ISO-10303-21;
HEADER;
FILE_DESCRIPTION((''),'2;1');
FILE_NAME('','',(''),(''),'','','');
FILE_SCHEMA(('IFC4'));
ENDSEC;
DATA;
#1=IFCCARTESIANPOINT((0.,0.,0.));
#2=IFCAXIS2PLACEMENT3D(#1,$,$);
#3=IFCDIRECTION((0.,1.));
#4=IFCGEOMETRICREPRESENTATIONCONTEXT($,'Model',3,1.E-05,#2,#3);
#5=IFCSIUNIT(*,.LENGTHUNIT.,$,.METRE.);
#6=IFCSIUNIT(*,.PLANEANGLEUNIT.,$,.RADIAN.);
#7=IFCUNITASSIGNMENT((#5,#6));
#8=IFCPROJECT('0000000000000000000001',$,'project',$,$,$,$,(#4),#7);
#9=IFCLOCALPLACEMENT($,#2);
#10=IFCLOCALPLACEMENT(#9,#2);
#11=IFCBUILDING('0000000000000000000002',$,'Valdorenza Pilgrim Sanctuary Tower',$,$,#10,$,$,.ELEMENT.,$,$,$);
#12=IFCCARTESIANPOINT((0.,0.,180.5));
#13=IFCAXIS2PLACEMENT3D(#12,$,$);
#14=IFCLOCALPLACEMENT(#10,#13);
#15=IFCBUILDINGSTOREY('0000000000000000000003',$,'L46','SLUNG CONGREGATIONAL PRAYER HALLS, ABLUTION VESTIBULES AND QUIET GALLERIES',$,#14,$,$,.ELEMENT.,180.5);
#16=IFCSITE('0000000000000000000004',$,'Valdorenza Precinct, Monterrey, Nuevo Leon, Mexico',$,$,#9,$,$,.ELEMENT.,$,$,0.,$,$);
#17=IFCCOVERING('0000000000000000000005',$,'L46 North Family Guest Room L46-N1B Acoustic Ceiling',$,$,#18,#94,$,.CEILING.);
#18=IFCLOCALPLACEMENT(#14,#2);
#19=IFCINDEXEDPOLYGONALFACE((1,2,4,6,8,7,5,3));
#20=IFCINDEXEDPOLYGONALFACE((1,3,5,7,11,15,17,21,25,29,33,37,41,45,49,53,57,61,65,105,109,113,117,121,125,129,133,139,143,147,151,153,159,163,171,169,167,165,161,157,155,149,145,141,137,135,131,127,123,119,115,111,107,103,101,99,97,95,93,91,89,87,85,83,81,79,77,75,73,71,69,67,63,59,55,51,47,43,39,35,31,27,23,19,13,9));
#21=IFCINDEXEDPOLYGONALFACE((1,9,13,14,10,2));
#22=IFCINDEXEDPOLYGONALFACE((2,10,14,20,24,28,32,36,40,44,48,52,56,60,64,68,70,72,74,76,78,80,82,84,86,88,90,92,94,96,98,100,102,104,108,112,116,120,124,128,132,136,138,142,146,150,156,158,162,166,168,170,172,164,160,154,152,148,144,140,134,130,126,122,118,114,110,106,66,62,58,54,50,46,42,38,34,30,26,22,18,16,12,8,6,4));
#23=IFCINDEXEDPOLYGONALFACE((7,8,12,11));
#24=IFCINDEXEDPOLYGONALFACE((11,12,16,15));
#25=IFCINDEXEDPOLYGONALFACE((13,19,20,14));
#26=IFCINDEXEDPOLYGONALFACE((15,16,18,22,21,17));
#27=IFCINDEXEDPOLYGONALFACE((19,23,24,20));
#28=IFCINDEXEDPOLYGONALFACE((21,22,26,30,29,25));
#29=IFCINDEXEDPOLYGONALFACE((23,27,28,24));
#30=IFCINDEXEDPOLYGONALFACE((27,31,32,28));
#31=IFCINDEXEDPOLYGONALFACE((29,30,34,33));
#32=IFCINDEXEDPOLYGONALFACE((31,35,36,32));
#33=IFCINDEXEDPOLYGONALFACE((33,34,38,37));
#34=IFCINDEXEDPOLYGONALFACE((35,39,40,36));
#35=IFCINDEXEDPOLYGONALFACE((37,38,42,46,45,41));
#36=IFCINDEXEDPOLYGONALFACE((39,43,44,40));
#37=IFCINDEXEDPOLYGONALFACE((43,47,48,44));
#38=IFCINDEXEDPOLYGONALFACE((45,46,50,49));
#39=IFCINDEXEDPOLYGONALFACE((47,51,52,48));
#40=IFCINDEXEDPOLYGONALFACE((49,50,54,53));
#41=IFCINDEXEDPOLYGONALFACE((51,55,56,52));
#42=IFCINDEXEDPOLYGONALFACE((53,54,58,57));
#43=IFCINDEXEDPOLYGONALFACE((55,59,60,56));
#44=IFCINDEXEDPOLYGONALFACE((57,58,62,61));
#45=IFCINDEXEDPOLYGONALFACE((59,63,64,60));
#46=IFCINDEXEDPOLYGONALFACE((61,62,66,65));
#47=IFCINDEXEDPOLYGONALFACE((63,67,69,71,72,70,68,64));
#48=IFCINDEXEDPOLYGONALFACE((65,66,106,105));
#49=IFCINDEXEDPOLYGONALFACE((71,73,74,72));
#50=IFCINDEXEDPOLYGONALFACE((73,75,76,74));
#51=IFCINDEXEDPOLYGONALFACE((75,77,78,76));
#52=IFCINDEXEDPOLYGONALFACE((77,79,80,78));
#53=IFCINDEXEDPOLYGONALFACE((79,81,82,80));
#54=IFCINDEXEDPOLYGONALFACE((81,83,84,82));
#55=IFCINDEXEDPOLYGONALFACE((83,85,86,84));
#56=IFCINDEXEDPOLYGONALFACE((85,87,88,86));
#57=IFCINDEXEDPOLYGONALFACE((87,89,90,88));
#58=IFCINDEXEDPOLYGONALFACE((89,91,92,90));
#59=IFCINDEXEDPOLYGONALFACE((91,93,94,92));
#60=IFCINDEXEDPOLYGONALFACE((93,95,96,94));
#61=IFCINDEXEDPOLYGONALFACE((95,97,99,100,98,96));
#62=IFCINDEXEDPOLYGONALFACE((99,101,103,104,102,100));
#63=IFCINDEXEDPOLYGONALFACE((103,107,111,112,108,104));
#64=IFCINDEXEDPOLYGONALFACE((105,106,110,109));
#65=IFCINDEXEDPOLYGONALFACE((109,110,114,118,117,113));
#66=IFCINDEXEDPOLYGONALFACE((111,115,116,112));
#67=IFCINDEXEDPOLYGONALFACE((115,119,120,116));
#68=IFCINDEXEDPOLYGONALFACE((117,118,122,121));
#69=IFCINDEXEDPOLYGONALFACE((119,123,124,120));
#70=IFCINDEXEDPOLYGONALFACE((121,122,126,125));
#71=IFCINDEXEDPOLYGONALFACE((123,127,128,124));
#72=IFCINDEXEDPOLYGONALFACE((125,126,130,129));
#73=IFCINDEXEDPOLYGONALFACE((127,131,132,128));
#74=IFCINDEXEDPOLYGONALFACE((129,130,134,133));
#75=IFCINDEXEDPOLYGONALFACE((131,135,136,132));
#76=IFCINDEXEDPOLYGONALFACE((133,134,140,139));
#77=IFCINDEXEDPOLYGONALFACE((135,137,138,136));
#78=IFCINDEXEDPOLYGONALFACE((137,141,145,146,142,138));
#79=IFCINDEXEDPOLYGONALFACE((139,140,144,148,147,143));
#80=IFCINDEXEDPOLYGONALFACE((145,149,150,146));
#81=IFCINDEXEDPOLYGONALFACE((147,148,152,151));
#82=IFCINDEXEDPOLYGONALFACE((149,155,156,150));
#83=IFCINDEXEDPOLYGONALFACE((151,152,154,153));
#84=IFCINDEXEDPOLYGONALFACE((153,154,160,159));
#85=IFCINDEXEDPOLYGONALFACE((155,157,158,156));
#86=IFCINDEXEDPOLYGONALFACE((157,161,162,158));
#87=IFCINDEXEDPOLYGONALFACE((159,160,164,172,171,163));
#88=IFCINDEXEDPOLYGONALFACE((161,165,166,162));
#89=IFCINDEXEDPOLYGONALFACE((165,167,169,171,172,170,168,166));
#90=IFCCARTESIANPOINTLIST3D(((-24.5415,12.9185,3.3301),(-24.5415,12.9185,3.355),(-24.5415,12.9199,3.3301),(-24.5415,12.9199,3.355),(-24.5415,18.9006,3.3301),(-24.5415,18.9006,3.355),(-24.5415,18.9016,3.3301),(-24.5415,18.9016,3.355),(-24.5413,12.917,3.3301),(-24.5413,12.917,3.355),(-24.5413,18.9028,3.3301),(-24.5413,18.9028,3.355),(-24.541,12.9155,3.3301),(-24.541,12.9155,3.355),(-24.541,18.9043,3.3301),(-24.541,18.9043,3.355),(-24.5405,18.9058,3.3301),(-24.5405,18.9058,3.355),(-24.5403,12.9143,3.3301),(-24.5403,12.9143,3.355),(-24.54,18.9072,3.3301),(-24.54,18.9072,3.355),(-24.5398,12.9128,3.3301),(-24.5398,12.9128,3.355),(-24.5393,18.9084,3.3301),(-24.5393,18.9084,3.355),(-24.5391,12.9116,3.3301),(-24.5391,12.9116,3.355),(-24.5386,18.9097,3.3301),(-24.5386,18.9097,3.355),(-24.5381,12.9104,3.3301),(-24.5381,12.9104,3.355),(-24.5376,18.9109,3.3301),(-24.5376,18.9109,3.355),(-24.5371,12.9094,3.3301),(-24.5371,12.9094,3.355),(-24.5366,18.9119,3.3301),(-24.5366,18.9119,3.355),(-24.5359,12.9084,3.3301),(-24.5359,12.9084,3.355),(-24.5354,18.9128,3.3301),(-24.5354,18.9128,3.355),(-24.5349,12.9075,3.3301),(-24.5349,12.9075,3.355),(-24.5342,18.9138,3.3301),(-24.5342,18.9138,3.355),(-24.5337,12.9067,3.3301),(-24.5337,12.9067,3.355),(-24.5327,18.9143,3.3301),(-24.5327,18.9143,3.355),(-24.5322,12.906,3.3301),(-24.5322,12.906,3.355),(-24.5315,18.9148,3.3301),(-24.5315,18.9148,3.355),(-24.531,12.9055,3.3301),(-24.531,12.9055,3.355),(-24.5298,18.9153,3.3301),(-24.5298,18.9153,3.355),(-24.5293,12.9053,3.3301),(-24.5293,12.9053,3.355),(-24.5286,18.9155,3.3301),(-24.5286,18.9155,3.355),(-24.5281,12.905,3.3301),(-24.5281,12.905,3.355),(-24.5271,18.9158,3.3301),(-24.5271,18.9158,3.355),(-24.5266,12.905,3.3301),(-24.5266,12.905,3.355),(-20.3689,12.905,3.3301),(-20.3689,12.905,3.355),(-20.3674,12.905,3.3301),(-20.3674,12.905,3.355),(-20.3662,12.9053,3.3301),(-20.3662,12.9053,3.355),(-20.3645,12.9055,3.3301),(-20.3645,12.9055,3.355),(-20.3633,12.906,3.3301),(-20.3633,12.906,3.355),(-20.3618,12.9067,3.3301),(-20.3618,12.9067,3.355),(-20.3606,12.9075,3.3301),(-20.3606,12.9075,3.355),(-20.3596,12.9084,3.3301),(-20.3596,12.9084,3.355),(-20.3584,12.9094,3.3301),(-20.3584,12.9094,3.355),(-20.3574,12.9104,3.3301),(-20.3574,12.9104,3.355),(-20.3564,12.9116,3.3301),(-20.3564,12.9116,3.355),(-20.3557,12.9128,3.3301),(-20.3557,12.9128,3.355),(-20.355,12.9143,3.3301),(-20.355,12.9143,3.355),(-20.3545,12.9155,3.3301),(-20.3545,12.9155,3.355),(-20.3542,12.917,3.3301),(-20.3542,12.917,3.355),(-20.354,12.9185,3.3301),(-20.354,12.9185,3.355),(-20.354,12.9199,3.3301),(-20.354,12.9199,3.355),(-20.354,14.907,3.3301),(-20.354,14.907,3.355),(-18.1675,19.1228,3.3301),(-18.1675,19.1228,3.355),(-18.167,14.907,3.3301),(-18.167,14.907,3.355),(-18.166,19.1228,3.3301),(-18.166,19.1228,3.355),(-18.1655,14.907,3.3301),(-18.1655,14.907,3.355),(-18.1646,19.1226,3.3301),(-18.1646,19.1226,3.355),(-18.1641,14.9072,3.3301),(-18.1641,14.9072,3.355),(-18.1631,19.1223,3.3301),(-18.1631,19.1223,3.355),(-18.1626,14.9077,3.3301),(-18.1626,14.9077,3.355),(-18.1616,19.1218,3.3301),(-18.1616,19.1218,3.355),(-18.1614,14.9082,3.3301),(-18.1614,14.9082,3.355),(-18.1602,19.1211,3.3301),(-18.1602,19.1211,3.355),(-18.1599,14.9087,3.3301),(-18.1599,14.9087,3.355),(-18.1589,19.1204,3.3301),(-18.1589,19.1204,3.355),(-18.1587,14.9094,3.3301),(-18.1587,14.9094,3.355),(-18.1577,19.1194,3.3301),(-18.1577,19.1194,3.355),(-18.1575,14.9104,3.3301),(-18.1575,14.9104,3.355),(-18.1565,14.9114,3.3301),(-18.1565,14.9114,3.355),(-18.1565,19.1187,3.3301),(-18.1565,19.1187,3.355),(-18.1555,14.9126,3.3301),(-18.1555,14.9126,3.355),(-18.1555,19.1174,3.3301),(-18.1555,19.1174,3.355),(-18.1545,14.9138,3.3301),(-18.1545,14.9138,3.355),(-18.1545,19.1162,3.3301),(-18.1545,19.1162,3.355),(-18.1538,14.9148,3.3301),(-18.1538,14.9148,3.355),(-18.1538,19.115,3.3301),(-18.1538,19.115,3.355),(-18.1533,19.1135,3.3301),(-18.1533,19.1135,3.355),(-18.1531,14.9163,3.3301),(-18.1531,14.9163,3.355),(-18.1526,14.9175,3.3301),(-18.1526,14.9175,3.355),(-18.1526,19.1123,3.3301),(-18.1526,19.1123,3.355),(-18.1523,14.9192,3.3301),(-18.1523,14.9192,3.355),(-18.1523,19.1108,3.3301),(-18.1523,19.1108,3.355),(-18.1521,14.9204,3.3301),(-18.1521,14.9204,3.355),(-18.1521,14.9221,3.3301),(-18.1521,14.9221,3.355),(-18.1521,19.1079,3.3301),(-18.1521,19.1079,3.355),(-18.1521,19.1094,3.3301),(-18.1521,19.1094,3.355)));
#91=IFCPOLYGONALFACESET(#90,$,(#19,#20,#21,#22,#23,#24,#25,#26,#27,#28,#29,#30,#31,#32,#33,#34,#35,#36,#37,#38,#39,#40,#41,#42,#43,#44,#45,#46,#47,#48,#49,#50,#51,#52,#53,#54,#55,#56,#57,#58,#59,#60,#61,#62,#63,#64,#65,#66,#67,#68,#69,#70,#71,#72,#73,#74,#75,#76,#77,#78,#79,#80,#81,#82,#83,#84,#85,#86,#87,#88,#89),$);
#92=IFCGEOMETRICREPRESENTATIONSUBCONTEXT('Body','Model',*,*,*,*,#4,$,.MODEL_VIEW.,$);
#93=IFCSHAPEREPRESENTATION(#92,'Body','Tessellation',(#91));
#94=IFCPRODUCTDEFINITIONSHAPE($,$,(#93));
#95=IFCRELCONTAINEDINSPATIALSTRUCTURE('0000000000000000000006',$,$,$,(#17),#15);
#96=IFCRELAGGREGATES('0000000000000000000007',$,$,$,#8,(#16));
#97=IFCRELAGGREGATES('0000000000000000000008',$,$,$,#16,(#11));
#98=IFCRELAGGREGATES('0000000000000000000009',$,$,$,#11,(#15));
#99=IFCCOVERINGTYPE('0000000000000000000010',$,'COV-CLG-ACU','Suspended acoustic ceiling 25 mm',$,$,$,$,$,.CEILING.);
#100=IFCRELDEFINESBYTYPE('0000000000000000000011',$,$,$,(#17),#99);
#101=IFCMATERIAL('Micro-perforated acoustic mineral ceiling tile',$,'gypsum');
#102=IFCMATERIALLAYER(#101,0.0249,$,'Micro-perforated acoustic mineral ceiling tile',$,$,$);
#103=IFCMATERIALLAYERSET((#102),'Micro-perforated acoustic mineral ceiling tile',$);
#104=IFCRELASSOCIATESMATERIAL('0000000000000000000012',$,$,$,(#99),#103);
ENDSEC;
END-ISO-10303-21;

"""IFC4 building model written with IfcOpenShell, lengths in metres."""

from ifc_helpers import new_model, si_unit, direction, frame, origin, place, context, subcontext, project, spatial, polyline, outline, extrude, material, layer, layer_set, type_object, element, save


model = new_model("IFC4")

# Units and contexts
model_context = context("Model", 3, precision=1e-05, world=origin(), true_north=direction((0.0, 1.0)))
body_context = subcontext(model_context, "Body", "Model", "MODEL_VIEW")
ifc_project = project(units=[si_unit("LENGTHUNIT", "METRE"), si_unit("PLANEANGLEUNIT", "RADIAN")], contexts=[model_context])

# Site, building, storey
site_placement = place(None, origin())
site = spatial("IfcSite", under=ifc_project, at=site_placement, Name="Valdorenza Precinct, Monterrey, Nuevo Leon, Mexico", CompositionType="ELEMENT", RefElevation=0.0)
building_placement = place(site_placement, origin())
building = spatial("IfcBuilding", under=site, at=building_placement, Name="Valdorenza Pilgrim Sanctuary Tower", CompositionType="ELEMENT")
storey_placement = place(building_placement, frame((0.0, 0.0, 180.5)))
storey = spatial("IfcBuildingStorey", under=building, at=storey_placement, Name="L46", Description="SLUNG CONGREGATIONAL PRAYER HALLS, ABLUTION VESTIBULES AND QUIET GALLERIES", CompositionType="ELEMENT", Elevation=180.5)

# Covering
ifc_material_1 = material(Name="Micro-perforated acoustic mineral ceiling tile", Category="gypsum")
ifc_layer_1 = layer(ifc_material_1, 0.0249, Name="Micro-perforated acoustic mineral ceiling tile")
ifc_layer_set_1 = layer_set([ifc_layer_1], Name="Micro-perforated acoustic mineral ceiling tile")
covering_type_1 = type_object("IfcCoveringType", Name="COV-CLG-ACU", Description="Suspended acoustic ceiling 25 mm", PredefinedType="CEILING", material=ifc_layer_set_1)
covering_1_placement = place(storey_placement, frame((0.0, 0.0, 3.3301)))
element("IfcCovering", 1, at=covering_1_placement, inside=storey, type_object=covering_type_1, Name="L46 North Family Guest Room L46-N1B Acoustic Ceiling", PredefinedType="CEILING", context=body_context, shape_type="SweptSolid", body=[
    extrude(outline(polyline([(-24.5415, 18.9006), (-24.5415, 18.9016), (-24.5413, 18.9028), (-24.541, 18.9043), (-24.5405, 18.9058), (-24.54, 18.9072), (-24.5393, 18.9084), (-24.5386, 18.9097), (-24.5376, 18.9109), (-24.5366, 18.9119), (-24.5354, 18.9128), (-24.5342, 18.9138), (-24.5327, 18.9143), (-24.5315, 18.9148), (-24.5298, 18.9153), (-24.5286, 18.9155), (-24.5271, 18.9158), (-18.1675, 19.1228), (-18.166, 19.1228), (-18.1646, 19.1226), (-18.1631, 19.1223), (-18.1616, 19.1218), (-18.1602, 19.1211), (-18.1589, 19.1204), (-18.1577, 19.1194), (-18.1565, 19.1187), (-18.1555, 19.1174), (-18.1545, 19.1162), (-18.1538, 19.115), (-18.1533, 19.1135), (-18.1526, 19.1123), (-18.1523, 19.1108), (-18.1521, 19.1094), (-18.1521, 19.1079), (-18.1521, 14.9221), (-18.1521, 14.9204), (-18.1523, 14.9192), (-18.1526, 14.9175), (-18.1531, 14.9163), (-18.1538, 14.9148), (-18.1545, 14.9138), (-18.1555, 14.9126), (-18.1565, 14.9114), (-18.1575, 14.9104), (-18.1587, 14.9094), (-18.1599, 14.9087), (-18.1614, 14.9082), (-18.1626, 14.9077), (-18.1641, 14.9072), (-18.1655, 14.907), (-18.167, 14.907), (-20.354, 14.907), (-20.354, 12.9199), (-20.354, 12.9185), (-20.3542, 12.917), (-20.3545, 12.9155), (-20.355, 12.9143), (-20.3557, 12.9128), (-20.3564, 12.9116), (-20.3574, 12.9104), (-20.3584, 12.9094), (-20.3596, 12.9084), (-20.3606, 12.9075), (-20.3618, 12.9067), (-20.3633, 12.906), (-20.3645, 12.9055), (-20.3662, 12.9053), (-20.3674, 12.905), (-20.3689, 12.905), (-24.5266, 12.905), (-24.5281, 12.905), (-24.5293, 12.9053), (-24.531, 12.9055), (-24.5322, 12.906), (-24.5337, 12.9067), (-24.5349, 12.9075), (-24.5359, 12.9084), (-24.5371, 12.9094), (-24.5381, 12.9104), (-24.5391, 12.9116), (-24.5398, 12.9128), (-24.5403, 12.9143), (-24.541, 12.9155), (-24.5413, 12.917), (-24.5415, 12.9185), (-24.5415, 12.9199), (-24.5415, 18.9006), (-24.5415, 18.9006)])), origin(), (0.0, 0.0, 1.0), 0.0249),
])

save(model, "model.ifc")
